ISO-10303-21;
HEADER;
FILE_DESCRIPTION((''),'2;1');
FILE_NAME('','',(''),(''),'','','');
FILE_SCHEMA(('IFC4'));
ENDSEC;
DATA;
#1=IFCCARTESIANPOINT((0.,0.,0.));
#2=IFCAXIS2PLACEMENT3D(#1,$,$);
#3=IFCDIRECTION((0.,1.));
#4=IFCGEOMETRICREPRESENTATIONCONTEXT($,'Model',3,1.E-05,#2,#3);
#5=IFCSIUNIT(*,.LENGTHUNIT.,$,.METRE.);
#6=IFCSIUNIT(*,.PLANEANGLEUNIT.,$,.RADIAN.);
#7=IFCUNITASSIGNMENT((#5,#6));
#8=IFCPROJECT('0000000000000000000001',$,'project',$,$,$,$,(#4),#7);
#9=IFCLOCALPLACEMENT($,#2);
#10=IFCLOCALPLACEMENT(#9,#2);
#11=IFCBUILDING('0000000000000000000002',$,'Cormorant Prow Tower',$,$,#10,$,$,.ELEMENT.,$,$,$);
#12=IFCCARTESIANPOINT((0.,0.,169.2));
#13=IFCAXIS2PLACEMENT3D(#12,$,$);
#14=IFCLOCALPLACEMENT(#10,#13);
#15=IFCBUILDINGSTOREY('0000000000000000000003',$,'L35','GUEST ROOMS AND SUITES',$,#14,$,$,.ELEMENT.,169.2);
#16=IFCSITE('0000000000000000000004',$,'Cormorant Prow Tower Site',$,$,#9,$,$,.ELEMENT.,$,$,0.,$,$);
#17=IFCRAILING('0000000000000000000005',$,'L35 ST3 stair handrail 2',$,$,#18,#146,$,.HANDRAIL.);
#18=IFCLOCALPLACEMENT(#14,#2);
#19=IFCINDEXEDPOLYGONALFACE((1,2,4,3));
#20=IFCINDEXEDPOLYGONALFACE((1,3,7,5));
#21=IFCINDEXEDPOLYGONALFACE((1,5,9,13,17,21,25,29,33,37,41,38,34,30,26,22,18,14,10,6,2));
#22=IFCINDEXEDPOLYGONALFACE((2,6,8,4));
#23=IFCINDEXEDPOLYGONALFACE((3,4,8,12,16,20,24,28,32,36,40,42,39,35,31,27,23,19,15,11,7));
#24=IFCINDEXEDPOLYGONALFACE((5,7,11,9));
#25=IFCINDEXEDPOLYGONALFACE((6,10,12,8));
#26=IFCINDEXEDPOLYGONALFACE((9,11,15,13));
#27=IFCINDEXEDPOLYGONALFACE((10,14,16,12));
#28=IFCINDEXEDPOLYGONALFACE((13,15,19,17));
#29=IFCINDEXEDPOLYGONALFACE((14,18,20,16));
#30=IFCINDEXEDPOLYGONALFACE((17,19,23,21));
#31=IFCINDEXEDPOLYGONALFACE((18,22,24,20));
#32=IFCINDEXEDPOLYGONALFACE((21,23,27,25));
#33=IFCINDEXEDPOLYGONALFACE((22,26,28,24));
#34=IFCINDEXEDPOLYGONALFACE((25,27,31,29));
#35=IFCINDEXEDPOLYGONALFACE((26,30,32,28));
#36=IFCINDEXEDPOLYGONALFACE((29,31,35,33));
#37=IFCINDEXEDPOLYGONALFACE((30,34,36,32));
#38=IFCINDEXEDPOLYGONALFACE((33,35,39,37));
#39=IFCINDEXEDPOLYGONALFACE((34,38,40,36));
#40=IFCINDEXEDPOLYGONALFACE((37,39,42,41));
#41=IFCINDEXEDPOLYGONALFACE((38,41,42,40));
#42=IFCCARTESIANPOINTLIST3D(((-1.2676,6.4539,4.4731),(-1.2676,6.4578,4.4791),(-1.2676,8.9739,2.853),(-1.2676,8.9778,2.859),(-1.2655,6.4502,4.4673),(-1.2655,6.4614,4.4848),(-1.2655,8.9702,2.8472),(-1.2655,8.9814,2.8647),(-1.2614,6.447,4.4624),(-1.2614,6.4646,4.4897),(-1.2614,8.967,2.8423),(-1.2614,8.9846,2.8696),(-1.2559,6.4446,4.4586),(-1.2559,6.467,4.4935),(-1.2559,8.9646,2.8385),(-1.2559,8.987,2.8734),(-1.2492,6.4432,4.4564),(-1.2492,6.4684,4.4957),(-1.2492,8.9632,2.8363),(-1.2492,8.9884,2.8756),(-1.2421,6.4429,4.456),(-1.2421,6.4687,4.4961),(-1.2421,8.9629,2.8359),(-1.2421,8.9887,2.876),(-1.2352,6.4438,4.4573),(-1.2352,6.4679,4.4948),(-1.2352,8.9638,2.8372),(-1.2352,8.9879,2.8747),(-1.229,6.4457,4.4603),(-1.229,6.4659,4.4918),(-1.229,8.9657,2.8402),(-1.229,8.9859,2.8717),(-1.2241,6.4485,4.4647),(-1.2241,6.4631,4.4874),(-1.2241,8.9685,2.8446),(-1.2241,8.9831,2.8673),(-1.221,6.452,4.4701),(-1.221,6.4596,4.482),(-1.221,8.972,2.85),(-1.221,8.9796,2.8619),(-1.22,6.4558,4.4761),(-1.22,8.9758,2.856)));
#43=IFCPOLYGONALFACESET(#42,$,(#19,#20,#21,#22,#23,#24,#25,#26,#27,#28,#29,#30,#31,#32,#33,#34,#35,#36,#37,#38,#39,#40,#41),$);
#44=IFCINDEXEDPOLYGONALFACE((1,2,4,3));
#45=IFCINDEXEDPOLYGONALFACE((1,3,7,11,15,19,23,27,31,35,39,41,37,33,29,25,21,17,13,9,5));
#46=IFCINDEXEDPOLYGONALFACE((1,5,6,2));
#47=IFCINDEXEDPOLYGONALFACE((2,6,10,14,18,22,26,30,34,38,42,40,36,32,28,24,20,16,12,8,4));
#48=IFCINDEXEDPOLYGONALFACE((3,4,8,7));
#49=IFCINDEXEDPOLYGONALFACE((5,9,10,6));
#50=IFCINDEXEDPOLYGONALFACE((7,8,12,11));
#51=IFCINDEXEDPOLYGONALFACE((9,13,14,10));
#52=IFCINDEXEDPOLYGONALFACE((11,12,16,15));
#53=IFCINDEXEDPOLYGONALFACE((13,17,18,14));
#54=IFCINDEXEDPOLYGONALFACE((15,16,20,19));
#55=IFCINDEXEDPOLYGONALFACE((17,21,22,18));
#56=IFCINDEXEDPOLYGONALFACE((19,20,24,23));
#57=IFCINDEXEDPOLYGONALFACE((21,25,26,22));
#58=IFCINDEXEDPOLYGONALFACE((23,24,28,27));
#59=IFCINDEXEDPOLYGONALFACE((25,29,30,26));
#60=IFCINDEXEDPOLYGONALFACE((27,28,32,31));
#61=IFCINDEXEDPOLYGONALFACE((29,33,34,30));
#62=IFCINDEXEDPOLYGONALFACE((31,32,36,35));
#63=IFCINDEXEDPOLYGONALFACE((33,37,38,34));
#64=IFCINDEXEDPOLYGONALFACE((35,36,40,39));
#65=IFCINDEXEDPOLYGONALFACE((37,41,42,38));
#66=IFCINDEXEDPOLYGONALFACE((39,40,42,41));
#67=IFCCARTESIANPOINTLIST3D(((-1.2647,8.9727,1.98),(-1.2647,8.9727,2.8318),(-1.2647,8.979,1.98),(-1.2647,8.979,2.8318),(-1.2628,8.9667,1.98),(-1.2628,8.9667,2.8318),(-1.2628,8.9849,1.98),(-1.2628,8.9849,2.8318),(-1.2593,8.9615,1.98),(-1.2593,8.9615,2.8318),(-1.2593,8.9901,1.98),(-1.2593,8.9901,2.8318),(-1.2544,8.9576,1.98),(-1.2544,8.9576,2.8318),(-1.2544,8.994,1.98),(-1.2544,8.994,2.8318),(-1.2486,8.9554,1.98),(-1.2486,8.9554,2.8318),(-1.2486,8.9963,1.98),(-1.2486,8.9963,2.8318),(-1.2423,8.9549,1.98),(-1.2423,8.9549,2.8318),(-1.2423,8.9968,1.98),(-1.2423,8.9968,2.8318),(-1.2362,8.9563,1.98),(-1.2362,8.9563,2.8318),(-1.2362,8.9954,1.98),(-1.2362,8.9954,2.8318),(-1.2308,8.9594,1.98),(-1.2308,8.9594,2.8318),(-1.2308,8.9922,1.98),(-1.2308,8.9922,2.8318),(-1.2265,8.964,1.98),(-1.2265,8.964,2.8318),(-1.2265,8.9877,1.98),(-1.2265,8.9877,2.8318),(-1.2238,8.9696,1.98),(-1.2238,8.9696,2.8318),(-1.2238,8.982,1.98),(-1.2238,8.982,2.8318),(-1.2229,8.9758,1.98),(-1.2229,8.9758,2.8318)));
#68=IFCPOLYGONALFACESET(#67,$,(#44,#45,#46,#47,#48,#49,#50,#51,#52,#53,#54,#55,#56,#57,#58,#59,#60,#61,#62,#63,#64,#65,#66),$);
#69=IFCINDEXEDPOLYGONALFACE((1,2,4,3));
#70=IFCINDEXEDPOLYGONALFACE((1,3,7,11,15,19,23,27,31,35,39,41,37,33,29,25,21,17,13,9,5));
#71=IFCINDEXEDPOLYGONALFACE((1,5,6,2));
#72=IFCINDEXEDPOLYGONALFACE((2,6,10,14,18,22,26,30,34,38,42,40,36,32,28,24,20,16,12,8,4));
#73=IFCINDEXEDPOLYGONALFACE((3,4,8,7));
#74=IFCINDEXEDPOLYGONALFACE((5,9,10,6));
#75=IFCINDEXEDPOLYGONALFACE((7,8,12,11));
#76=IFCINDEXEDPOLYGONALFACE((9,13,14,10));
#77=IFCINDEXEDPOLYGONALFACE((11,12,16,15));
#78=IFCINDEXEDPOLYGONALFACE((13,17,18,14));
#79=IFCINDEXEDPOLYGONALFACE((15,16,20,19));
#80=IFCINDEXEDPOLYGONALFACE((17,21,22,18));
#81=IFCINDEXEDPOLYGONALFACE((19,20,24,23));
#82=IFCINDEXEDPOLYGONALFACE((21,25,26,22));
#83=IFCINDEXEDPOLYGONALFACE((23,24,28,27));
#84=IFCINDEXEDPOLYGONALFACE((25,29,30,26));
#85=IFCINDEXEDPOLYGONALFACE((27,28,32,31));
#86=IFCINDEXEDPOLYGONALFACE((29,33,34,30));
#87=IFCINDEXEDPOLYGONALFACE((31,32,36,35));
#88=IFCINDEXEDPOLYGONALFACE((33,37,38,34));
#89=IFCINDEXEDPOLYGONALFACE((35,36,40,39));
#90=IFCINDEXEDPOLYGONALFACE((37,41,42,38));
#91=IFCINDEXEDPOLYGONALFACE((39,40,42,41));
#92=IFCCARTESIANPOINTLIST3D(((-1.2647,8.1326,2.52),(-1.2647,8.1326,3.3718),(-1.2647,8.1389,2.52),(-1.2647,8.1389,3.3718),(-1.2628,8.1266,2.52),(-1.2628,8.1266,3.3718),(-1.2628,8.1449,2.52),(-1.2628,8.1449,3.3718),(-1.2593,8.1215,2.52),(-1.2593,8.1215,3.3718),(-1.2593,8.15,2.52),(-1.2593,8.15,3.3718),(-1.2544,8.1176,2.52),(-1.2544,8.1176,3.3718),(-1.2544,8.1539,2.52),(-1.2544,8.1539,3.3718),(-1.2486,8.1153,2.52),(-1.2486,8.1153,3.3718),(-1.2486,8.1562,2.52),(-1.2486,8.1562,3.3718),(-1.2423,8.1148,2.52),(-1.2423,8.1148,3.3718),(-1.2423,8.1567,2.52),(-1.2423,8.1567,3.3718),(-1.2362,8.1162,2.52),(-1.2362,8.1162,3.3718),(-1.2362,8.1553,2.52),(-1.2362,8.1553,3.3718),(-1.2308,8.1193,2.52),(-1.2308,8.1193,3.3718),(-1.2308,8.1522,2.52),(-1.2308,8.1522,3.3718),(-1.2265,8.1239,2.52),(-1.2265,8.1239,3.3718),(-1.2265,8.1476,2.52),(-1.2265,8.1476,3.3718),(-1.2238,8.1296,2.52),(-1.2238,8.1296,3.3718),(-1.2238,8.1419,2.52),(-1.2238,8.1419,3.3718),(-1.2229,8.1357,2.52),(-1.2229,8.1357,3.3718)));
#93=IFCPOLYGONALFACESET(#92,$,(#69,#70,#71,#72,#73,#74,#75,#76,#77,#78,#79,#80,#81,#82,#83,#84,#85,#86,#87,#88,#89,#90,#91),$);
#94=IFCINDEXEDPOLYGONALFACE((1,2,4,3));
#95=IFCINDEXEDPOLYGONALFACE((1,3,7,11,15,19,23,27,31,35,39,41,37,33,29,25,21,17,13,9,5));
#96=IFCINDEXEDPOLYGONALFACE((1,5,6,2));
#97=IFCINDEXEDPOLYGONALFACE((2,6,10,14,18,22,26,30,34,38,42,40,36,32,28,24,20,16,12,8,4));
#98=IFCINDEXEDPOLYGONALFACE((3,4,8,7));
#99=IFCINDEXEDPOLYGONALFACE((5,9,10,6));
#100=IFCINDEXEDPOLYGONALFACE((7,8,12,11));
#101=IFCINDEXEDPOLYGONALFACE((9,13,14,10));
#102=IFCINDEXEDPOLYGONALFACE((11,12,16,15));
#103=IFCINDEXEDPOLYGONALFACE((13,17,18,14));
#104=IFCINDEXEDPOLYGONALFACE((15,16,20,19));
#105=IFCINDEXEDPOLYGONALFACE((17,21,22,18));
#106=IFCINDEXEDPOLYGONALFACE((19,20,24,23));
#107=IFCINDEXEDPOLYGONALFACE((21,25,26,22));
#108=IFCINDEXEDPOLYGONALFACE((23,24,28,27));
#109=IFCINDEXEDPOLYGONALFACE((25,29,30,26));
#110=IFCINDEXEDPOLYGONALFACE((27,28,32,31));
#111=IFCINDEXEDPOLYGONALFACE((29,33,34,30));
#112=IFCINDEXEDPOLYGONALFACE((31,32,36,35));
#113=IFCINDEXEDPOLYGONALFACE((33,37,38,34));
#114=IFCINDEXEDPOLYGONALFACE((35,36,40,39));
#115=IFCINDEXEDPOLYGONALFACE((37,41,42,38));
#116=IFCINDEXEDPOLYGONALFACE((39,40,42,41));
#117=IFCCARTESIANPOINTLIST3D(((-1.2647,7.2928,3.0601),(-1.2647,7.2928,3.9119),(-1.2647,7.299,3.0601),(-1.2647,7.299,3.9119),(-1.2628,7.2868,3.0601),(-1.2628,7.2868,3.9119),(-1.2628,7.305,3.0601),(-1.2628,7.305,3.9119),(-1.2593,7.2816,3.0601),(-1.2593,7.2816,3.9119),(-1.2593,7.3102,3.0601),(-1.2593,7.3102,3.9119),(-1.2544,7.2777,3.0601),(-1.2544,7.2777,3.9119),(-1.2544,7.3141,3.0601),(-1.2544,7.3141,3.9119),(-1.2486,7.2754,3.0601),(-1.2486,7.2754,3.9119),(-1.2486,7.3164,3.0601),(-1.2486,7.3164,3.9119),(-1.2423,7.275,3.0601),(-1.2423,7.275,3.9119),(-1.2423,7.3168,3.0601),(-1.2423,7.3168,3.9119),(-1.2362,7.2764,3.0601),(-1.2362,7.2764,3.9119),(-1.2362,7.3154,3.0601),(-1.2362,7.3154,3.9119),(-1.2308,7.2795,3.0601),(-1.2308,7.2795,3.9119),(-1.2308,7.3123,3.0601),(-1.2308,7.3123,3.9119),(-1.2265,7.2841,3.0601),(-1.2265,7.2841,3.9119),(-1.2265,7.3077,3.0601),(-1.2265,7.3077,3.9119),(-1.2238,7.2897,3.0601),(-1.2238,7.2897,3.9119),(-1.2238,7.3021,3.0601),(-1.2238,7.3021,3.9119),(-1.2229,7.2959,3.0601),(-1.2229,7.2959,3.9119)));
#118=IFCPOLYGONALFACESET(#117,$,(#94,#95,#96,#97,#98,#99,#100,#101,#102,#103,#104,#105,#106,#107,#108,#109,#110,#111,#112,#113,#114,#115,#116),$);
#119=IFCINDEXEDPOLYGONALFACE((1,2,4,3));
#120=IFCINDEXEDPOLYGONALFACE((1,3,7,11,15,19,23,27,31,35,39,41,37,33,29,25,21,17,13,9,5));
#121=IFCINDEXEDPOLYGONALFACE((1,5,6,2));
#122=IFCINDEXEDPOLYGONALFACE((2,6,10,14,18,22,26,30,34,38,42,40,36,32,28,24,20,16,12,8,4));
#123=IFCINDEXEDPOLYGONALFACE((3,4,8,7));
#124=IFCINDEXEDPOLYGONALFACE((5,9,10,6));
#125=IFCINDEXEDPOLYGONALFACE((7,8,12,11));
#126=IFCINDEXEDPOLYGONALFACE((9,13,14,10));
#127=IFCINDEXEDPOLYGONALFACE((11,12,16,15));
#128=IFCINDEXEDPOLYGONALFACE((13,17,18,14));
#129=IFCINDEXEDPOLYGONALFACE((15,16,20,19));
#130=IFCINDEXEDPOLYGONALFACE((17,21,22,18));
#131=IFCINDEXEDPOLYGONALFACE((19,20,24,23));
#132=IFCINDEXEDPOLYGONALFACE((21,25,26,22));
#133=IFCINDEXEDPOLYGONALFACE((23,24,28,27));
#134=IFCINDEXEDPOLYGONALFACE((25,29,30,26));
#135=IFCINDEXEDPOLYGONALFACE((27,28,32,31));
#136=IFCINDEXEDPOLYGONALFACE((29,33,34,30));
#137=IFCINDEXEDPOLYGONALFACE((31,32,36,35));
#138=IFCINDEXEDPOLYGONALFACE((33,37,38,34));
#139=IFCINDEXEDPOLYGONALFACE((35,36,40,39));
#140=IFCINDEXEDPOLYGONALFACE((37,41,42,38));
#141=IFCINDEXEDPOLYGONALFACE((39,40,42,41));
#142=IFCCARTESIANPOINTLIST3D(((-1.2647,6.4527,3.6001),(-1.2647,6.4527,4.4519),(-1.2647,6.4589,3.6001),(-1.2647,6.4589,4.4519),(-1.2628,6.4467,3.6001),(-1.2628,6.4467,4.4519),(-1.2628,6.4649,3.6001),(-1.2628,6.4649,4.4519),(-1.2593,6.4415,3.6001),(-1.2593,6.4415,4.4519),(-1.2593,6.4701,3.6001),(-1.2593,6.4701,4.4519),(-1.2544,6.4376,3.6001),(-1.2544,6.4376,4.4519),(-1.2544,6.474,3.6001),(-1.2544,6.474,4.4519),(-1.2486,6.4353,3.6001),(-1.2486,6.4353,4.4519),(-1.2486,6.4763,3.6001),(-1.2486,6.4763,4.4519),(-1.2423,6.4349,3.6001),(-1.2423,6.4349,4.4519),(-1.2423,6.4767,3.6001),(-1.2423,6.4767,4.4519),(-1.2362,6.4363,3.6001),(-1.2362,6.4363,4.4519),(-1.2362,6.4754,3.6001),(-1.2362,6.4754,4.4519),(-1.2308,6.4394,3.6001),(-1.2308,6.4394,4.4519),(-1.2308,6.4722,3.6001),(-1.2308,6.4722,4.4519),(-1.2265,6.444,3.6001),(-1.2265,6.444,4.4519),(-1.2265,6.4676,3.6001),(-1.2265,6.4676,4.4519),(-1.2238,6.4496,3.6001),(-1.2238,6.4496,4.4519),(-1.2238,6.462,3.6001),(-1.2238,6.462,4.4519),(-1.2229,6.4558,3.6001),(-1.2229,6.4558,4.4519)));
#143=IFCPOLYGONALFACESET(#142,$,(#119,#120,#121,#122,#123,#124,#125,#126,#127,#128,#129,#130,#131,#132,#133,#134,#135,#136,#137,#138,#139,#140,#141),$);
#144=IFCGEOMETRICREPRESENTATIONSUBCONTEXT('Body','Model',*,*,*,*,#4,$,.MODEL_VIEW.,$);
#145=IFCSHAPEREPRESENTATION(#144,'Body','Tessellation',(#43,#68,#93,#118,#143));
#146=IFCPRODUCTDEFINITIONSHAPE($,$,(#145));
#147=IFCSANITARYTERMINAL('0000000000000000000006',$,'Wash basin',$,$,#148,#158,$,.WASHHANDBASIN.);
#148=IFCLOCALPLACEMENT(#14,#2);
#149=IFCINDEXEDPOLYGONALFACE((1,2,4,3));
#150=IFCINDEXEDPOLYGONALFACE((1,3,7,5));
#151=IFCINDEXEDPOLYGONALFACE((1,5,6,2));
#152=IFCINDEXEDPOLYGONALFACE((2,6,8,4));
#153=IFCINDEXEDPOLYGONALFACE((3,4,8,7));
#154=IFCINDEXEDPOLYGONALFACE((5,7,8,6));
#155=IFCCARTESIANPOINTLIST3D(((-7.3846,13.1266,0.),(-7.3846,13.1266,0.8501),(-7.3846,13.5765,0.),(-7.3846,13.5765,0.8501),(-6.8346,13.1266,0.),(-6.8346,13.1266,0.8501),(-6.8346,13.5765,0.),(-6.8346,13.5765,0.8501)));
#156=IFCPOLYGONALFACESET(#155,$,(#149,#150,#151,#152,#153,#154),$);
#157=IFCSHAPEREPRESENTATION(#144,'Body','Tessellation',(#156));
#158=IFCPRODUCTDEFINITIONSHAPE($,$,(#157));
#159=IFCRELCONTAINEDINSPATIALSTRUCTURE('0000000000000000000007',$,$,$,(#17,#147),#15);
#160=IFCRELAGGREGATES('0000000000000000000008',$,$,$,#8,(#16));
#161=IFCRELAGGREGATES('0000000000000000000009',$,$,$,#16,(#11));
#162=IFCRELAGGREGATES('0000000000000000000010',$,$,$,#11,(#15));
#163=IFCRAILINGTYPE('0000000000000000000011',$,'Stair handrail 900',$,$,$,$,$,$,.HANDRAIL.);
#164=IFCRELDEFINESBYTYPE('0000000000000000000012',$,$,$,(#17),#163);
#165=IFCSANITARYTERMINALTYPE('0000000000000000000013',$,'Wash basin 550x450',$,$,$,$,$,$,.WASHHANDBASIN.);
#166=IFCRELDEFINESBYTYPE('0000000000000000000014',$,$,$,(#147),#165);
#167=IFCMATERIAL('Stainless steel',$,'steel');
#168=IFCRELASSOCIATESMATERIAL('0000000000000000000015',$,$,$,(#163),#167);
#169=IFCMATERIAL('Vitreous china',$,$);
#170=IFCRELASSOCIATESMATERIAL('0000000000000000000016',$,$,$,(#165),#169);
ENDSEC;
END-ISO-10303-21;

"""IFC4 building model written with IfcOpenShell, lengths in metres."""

from ifc_helpers import new_model, si_unit, direction, frame, origin, origin_2d, place, context, subcontext, project, spatial, rectangle, circle, extrude, material, type_object, element, save


model = new_model("IFC4")

# Units and contexts
model_context = context("Model", 3, precision=1e-05, world=origin(), true_north=direction((0.0, 1.0)))
body_context = subcontext(model_context, "Body", "Model", "MODEL_VIEW")
ifc_project = project(units=[si_unit("LENGTHUNIT", "METRE"), si_unit("PLANEANGLEUNIT", "RADIAN")], contexts=[model_context])

# Site, building, storey
site_placement = place(None, origin())
site = spatial("IfcSite", under=ifc_project, at=site_placement, Name="Cormorant Prow Tower Site", CompositionType="ELEMENT", RefElevation=0.0)
building_placement = place(site_placement, origin())
building = spatial("IfcBuilding", under=site, at=building_placement, Name="Cormorant Prow Tower", CompositionType="ELEMENT")
storey_placement = place(building_placement, frame((0.0, 0.0, 169.2)))
storey = spatial("IfcBuildingStorey", under=building, at=storey_placement, Name="L35", Description="GUEST ROOMS AND SUITES", CompositionType="ELEMENT", Elevation=169.2)

# Railing
ifc_material_1 = material(Name="Stainless steel", Category="steel")
railing_type = type_object("IfcRailingType", Name="Stair handrail 900", PredefinedType="HANDRAIL", material=ifc_material_1)
railing_placement = place(storey_placement, frame((-1.2439, 8.9758, 1.98)))
element("IfcRailing", 1, at=railing_placement, inside=storey, type_object=railing_type, Name="L35 ST3 stair handrail 2", PredefinedType="HANDRAIL", context=body_context, shape_type="SweptSolid", body=[
    extrude(circle(Radius=0.0239, at=origin_2d()), frame((0.0, 0.0, 0.876), z_axis=(0.0, -0.841163, 0.540782), x_axis=(1.0, 0.0, 0.0)), (0.0, 0.0, 1.0), 2.9958),
    extrude(circle(Radius=0.021, at=origin_2d()), origin(), (0.0, 0.0, 1.0), 0.8518),
    extrude(circle(Radius=0.021, at=origin_2d()), frame((0.0, -0.8401, 0.54)), (0.0, 0.0, 1.0), 0.8518),
    extrude(circle(Radius=0.021, at=origin_2d()), frame((0.0, -1.6799, 1.0801)), (0.0, 0.0, 1.0), 0.8518),
    extrude(circle(Radius=0.021, at=origin_2d()), frame((0.0, -2.52, 1.6201)), (0.0, 0.0, 1.0), 0.8518),
])

# Sanitary terminal
ifc_material_2 = material(Name="Vitreous china")
sanitary_terminal_type = type_object("IfcSanitaryTerminalType", Name="Wash basin 550x450", PredefinedType="WASHHANDBASIN", material=ifc_material_2)
sanitary_terminal_placement = place(storey_placement, frame((-7.1096, 13.3516, 0.0), z_axis=(0.0, 0.0, 1.0), x_axis=(1.0, 0.0, 0.0)))
element("IfcSanitaryTerminal", 2, at=sanitary_terminal_placement, inside=storey, type_object=sanitary_terminal_type, Name="Wash basin", PredefinedType="WASHHANDBASIN", context=body_context, shape_type="SweptSolid", body=[
    extrude(rectangle(XDim=0.55, YDim=0.45, at=origin_2d()), origin(), (0.0, 0.0, 1.0), 0.8501),
])

save(model, "model.ifc")
